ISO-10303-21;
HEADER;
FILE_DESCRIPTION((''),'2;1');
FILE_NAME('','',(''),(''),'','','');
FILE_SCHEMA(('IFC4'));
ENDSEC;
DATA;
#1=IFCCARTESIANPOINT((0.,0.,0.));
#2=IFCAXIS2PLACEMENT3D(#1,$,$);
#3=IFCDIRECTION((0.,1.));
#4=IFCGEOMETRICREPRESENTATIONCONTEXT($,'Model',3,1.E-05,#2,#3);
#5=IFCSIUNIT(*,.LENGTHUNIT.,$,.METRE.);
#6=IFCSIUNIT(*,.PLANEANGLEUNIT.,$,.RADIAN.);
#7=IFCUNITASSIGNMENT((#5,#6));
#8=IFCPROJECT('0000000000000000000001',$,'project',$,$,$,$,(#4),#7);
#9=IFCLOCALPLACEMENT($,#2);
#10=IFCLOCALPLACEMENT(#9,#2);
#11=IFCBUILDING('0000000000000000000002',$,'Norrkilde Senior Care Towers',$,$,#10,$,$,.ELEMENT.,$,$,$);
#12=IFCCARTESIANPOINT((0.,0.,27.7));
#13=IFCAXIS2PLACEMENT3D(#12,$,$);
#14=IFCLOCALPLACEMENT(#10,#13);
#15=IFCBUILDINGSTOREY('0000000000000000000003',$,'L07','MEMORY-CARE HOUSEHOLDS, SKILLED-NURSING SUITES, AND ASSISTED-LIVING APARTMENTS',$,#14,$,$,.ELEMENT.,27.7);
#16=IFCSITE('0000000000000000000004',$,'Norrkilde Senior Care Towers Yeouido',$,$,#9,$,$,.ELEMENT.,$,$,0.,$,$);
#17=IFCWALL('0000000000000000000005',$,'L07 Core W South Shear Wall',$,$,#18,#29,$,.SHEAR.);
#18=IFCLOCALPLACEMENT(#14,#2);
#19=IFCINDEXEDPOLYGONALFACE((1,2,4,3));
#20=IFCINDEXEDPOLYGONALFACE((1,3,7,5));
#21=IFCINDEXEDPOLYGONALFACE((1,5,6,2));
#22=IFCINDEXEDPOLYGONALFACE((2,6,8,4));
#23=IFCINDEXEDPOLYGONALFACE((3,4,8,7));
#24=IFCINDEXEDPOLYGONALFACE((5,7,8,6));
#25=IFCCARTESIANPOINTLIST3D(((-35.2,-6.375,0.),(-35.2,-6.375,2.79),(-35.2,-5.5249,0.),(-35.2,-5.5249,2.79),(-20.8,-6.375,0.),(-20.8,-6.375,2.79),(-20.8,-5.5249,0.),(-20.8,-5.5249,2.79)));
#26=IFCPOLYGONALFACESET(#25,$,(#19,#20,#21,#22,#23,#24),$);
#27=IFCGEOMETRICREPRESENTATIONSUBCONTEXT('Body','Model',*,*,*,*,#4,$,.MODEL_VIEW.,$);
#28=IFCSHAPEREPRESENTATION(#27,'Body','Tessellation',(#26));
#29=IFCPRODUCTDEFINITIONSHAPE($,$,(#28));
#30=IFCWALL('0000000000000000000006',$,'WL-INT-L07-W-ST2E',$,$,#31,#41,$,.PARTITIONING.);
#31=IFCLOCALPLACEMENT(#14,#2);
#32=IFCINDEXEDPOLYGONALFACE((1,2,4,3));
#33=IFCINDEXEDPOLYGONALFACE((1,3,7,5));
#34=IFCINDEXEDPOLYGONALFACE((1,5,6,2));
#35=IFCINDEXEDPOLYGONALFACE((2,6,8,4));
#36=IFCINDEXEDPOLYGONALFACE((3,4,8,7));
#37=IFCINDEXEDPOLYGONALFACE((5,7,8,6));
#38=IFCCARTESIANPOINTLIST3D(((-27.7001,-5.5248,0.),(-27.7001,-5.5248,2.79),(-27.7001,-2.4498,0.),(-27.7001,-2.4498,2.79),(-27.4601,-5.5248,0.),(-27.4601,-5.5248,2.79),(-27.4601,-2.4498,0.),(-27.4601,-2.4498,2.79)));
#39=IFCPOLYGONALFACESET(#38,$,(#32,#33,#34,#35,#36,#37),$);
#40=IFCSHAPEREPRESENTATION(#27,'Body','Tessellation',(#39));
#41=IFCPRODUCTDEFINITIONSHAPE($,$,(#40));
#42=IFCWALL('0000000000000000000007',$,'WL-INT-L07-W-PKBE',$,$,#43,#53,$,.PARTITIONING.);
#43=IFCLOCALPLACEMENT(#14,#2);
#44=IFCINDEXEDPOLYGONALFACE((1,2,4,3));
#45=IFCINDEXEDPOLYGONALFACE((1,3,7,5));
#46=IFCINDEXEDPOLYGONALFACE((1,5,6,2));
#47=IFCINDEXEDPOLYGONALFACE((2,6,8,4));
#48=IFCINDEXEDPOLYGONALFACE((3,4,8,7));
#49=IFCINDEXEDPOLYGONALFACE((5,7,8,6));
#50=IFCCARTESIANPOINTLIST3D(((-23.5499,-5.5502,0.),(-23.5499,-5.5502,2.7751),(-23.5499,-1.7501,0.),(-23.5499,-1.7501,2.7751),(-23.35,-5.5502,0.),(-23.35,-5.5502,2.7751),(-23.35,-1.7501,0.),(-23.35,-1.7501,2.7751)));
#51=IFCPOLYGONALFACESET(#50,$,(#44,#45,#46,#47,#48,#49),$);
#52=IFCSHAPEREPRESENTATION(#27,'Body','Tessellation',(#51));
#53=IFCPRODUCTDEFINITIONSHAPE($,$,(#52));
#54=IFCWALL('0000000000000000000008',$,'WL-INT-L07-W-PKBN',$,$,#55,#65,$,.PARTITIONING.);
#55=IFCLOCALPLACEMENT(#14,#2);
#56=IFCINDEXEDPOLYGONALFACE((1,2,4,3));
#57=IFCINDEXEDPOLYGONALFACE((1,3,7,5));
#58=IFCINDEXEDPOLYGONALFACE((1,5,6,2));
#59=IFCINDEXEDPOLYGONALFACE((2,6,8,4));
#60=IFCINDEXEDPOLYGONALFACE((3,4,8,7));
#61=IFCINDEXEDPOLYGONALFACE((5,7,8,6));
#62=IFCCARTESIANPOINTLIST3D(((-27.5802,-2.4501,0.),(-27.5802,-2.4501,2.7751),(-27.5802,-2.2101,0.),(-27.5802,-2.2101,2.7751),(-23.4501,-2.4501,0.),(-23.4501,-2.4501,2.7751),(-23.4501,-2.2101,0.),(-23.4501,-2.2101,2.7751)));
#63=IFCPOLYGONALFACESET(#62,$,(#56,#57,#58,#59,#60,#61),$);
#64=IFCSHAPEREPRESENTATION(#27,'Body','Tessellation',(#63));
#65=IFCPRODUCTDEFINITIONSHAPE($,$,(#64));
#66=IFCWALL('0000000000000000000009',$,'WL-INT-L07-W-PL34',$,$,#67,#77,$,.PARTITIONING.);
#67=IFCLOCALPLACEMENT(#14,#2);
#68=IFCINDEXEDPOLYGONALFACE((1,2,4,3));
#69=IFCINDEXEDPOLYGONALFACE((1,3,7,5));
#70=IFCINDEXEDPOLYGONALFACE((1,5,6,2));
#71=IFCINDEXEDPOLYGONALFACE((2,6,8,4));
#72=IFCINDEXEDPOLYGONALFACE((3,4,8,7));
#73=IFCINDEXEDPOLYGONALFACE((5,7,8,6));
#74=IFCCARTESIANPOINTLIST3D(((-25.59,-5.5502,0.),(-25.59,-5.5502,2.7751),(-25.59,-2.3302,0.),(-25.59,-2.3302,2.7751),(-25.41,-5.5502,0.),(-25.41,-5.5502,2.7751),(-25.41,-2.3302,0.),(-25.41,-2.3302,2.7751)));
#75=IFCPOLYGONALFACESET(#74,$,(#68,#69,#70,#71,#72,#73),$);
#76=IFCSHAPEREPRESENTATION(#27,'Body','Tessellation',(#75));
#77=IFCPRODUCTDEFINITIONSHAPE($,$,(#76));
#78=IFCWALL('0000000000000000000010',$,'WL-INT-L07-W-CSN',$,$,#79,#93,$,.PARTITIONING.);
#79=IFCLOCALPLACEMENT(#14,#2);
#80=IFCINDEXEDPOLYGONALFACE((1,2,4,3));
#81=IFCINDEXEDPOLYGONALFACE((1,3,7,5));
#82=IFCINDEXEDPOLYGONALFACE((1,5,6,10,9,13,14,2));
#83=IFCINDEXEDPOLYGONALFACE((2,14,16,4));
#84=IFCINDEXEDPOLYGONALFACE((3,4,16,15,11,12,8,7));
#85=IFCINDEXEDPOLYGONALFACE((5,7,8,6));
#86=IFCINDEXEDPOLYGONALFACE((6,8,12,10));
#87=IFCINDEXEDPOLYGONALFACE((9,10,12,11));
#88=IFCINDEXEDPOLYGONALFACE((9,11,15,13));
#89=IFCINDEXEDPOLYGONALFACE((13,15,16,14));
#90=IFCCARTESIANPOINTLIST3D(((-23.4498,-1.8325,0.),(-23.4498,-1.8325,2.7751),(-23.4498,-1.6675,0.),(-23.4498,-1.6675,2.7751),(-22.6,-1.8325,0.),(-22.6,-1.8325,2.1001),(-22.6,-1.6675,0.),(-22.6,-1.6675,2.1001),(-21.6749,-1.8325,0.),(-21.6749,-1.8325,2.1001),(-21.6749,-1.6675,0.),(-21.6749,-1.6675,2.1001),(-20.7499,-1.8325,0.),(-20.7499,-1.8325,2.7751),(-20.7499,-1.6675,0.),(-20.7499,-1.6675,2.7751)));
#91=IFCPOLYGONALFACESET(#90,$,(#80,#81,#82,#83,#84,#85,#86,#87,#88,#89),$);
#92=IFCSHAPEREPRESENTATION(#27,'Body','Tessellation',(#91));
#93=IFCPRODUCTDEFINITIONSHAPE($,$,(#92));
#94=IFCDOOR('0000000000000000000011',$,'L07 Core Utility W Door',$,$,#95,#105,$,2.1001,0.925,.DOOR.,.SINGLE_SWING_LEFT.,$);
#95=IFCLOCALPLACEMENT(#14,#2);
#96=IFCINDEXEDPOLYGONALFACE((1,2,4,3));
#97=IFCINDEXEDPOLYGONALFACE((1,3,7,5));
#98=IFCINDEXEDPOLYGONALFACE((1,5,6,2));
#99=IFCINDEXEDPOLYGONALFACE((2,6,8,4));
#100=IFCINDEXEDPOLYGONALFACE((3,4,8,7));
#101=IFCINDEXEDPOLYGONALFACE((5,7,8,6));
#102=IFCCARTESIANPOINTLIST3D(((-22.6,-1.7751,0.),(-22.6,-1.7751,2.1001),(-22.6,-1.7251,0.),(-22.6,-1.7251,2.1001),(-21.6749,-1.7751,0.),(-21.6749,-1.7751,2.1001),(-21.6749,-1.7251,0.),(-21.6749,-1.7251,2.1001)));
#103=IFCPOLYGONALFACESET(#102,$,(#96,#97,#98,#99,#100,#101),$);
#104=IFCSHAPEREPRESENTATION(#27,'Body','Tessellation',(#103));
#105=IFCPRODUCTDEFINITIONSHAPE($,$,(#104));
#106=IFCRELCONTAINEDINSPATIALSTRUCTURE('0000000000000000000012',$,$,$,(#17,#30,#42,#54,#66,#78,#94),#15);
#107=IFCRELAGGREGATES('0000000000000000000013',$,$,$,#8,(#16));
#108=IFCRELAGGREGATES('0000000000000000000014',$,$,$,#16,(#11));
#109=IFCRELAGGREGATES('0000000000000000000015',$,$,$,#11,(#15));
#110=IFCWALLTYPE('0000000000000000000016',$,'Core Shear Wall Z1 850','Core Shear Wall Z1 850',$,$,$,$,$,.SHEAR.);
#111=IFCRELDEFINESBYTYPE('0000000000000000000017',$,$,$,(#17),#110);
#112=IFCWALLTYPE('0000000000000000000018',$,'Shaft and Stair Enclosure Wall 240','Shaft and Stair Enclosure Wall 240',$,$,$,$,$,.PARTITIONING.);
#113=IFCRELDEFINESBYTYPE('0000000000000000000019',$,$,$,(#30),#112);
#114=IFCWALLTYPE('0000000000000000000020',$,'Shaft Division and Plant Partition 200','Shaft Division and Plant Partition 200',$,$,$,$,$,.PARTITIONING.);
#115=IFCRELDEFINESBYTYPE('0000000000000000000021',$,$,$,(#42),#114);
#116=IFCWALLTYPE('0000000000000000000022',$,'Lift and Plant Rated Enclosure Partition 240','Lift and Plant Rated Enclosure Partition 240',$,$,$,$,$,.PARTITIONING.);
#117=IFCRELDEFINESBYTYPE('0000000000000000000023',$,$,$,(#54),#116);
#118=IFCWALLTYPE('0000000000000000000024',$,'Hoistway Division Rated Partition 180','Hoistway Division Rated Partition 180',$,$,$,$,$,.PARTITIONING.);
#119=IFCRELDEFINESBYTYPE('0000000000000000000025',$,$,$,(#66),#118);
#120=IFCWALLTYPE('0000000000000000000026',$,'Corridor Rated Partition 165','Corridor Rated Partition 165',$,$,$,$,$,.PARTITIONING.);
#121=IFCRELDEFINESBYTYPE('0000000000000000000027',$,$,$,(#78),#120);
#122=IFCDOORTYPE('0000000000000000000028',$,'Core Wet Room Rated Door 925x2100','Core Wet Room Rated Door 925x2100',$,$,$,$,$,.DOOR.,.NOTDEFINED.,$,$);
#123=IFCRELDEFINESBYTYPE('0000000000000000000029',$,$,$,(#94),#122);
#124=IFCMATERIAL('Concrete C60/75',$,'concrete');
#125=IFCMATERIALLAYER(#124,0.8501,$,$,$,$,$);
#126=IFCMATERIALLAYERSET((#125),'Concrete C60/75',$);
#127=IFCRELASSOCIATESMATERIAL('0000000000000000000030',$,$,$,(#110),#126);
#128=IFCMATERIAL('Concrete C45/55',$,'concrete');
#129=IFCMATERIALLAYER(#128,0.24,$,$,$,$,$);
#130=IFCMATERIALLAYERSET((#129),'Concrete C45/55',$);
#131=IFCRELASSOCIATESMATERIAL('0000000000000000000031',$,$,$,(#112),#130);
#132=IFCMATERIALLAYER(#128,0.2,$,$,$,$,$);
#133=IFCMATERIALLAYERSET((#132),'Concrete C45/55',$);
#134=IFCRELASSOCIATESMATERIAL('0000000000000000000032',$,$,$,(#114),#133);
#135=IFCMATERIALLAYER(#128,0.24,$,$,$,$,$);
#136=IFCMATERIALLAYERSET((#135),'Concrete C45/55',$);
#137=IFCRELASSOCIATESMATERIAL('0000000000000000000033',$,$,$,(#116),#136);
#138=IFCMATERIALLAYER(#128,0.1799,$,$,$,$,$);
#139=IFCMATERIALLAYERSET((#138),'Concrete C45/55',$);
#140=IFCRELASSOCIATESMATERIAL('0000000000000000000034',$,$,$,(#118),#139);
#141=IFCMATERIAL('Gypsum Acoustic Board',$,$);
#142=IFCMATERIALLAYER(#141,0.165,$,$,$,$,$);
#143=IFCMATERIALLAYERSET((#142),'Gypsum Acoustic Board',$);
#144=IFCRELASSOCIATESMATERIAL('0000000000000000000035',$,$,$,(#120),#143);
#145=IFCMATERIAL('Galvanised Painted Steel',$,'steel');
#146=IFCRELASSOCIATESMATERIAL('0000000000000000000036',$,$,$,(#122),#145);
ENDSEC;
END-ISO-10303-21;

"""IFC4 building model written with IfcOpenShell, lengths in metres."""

from ifc_helpers import new_model, si_unit, direction, frame, frame_2d, origin, place, context, subcontext, project, spatial, rectangle, extrude, source, transform, mapped, material, layer, layer_set, type_object, type_shapes, element, fill, save


model = new_model("IFC4")

# Units and contexts
model_context = context("Model", 3, precision=1e-05, world=origin(), true_north=direction((0.0, 1.0)))
body_context = subcontext(model_context, "Body", "Model", "MODEL_VIEW")
ifc_project = project(units=[si_unit("LENGTHUNIT", "METRE"), si_unit("PLANEANGLEUNIT", "RADIAN")], contexts=[model_context])

# Site, building, storey
site_placement = place(None, origin())
site = spatial("IfcSite", under=ifc_project, at=site_placement, Name="Norrkilde Senior Care Towers Yeouido", CompositionType="ELEMENT", RefElevation=0.0)
building_placement = place(site_placement, origin())
building = spatial("IfcBuilding", under=site, at=building_placement, Name="Norrkilde Senior Care Towers", CompositionType="ELEMENT")
storey_placement = place(building_placement, frame((0.0, 0.0, 27.7)))
storey = spatial("IfcBuildingStorey", under=building, at=storey_placement, Name="L07", Description="MEMORY-CARE HOUSEHOLDS, SKILLED-NURSING SUITES, AND ASSISTED-LIVING APARTMENTS", CompositionType="ELEMENT", Elevation=27.7)

# Shared definitions
ifc_material_1 = material(Name="Concrete C60/75", Category="concrete")

# Walls
ifc_layer_1 = layer(ifc_material_1, 0.8501)
ifc_layer_set_1 = layer_set([ifc_layer_1], Name="Concrete C60/75")
wall_type_1 = type_object("IfcWallType", Name="Core Shear Wall Z1 850", Description="Core Shear Wall Z1 850", PredefinedType="SHEAR", material=ifc_layer_set_1)
shared_shape_1 = source(origin(), body_context, "Body", "SweptSolid", [
    extrude(rectangle(XDim=14.3999, YDim=0.8501, at=frame_2d((7.2, 0.0))), origin(), (0.0, 0.0, 1.0), 2.79),
])
type_shapes(wall_type_1, [shared_shape_1])
wall_1_placement = place(storey_placement, frame((-20.8, -5.95, 0.0), z_axis=(0.0, 0.0, 1.0), x_axis=(-1.0, 0.0, 0.0)))
element("IfcWall", 1, at=wall_1_placement, inside=storey, type_object=wall_type_1, Name="L07 Core W South Shear Wall", PredefinedType="SHEAR", context=body_context, shape_type="MappedRepresentation", body=[
    mapped(shared_shape_1, transform((0.0, 0.0, 0.0), x_axis=(1.0, 0.0, 0.0), y_axis=(0.0, 1.0, 0.0), z_axis=(0.0, 0.0, 1.0), scale=1.0)),
])
ifc_material_2 = material(Name="Concrete C45/55", Category="concrete")
ifc_layer_2 = layer(ifc_material_2, 0.24)
ifc_layer_set_2 = layer_set([ifc_layer_2], Name="Concrete C45/55")
wall_type_2 = type_object("IfcWallType", Name="Shaft and Stair Enclosure Wall 240", Description="Shaft and Stair Enclosure Wall 240", PredefinedType="PARTITIONING", material=ifc_layer_set_2)
shared_shape_2 = source(origin(), body_context, "Body", "SweptSolid", [
    extrude(rectangle(XDim=3.075, YDim=0.24, at=frame_2d((1.5376, 0.0))), origin(), (0.0, 0.0, 1.0), 2.79),
])
type_shapes(wall_type_2, [shared_shape_2])
wall_2_placement = place(storey_placement, frame((-27.5801, -5.5249, 0.0), z_axis=(0.0, 0.0, 1.0), x_axis=(0.0, 1.0, 0.0)))
element("IfcWall", 2, at=wall_2_placement, inside=storey, type_object=wall_type_2, Name="WL-INT-L07-W-ST2E", PredefinedType="PARTITIONING", context=body_context, shape_type="MappedRepresentation", body=[
    mapped(shared_shape_2, transform((0.0, 0.0, 0.0), x_axis=(1.0, 0.0, 0.0), y_axis=(0.0, 1.0, 0.0), z_axis=(0.0, 0.0, 1.0), scale=1.0)),
])
ifc_layer_3 = layer(ifc_material_2, 0.2)
ifc_layer_set_3 = layer_set([ifc_layer_3], Name="Concrete C45/55")
wall_type_3 = type_object("IfcWallType", Name="Shaft Division and Plant Partition 200", Description="Shaft Division and Plant Partition 200", PredefinedType="PARTITIONING", material=ifc_layer_set_3)
shared_shape_3 = source(origin(), body_context, "Body", "SweptSolid", [
    extrude(rectangle(XDim=3.8, YDim=0.2, at=frame_2d((1.8999, 0.0))), origin(), (0.0, 0.0, 1.0), 2.7751),
])
type_shapes(wall_type_3, [shared_shape_3])
wall_3_placement = place(storey_placement, frame((-23.45, -5.55, 0.0), z_axis=(0.0, 0.0, 1.0), x_axis=(0.0, 1.0, 0.0)))
element("IfcWall", 3, at=wall_3_placement, inside=storey, type_object=wall_type_3, Name="WL-INT-L07-W-PKBE", PredefinedType="PARTITIONING", context=body_context, shape_type="MappedRepresentation", body=[
    mapped(shared_shape_3, transform((0.0, 0.0, 0.0), x_axis=(1.0, 0.0, 0.0), y_axis=(0.0, 1.0, 0.0), z_axis=(0.0, 0.0, 1.0), scale=1.0)),
])
ifc_layer_4 = layer(ifc_material_2, 0.24)
ifc_layer_set_4 = layer_set([ifc_layer_4], Name="Concrete C45/55")
wall_type_4 = type_object("IfcWallType", Name="Lift and Plant Rated Enclosure Partition 240", Description="Lift and Plant Rated Enclosure Partition 240", PredefinedType="PARTITIONING", material=ifc_layer_set_4)
shared_shape_4 = source(origin(), body_context, "Body", "SweptSolid", [
    extrude(rectangle(XDim=4.1301, YDim=0.24, at=frame_2d((2.0649, 0.0))), origin(), (0.0, 0.0, 1.0), 2.7751),
])
type_shapes(wall_type_4, [shared_shape_4])
wall_4_placement = place(storey_placement, frame((-27.5801, -2.3301, 0.0), z_axis=(0.0, 0.0, 1.0), x_axis=(1.0, 0.0, 0.0)))
element("IfcWall", 4, at=wall_4_placement, inside=storey, type_object=wall_type_4, Name="WL-INT-L07-W-PKBN", PredefinedType="PARTITIONING", context=body_context, shape_type="MappedRepresentation", body=[
    mapped(shared_shape_4, transform((0.0, 0.0, 0.0), x_axis=(1.0, 0.0, 0.0), y_axis=(0.0, 1.0, 0.0), z_axis=(0.0, 0.0, 1.0), scale=1.0)),
])
ifc_layer_5 = layer(ifc_material_2, 0.1799)
ifc_layer_set_5 = layer_set([ifc_layer_5], Name="Concrete C45/55")
wall_type_5 = type_object("IfcWallType", Name="Hoistway Division Rated Partition 180", Description="Hoistway Division Rated Partition 180", PredefinedType="PARTITIONING", material=ifc_layer_set_5)
shared_shape_5 = source(origin(), body_context, "Body", "SweptSolid", [
    extrude(rectangle(XDim=3.22, YDim=0.1799, at=frame_2d((1.6099, 0.0))), origin(), (0.0, 0.0, 1.0), 2.7751),
])
type_shapes(wall_type_5, [shared_shape_5])
wall_5_placement = place(storey_placement, frame((-25.5, -5.55, 0.0), z_axis=(0.0, 0.0, 1.0), x_axis=(0.0, 1.0, 0.0)))
element("IfcWall", 5, at=wall_5_placement, inside=storey, type_object=wall_type_5, Name="WL-INT-L07-W-PL34", PredefinedType="PARTITIONING", context=body_context, shape_type="MappedRepresentation", body=[
    mapped(shared_shape_5, transform((0.0, 0.0, 0.0), x_axis=(1.0, 0.0, 0.0), y_axis=(0.0, 1.0, 0.0), z_axis=(0.0, 0.0, 1.0), scale=1.0)),
])

# Wall, opening, door
ifc_material_3 = material(Name="Gypsum Acoustic Board")
ifc_layer_6 = layer(ifc_material_3, 0.165)
ifc_layer_set_6 = layer_set([ifc_layer_6], Name="Gypsum Acoustic Board")
wall_type_6 = type_object("IfcWallType", Name="Corridor Rated Partition 165", Description="Corridor Rated Partition 165", PredefinedType="PARTITIONING", material=ifc_layer_set_6)
shared_shape_6 = source(origin(), body_context, "Body", "SweptSolid", [
    extrude(rectangle(XDim=2.7, YDim=0.165, at=frame_2d((1.3501, 0.0))), origin(), (0.0, 0.0, 1.0), 2.7751),
])
wall_6_placement = place(storey_placement, frame((-23.45, -1.75, 0.0), z_axis=(0.0, 0.0, 1.0), x_axis=(1.0, 0.0, 0.0)))
wall_6 = element("IfcWall", 6, at=wall_6_placement, inside=storey, type_object=wall_type_6, Name="WL-INT-L07-W-CSN", PredefinedType="PARTITIONING", context=body_context, shape_type="MappedRepresentation", body=[
    mapped(shared_shape_6, transform((0.0, 0.0, 0.0), x_axis=(1.0, 0.0, 0.0), y_axis=(0.0, 1.0, 0.0), z_axis=(0.0, 0.0, 1.0), scale=1.0)),
])
opening_1_placement = place(wall_6_placement, frame((0.8501, 0.0, 0.0)))
opening_1 = element("IfcOpeningElement", 7, at=opening_1_placement, cuts=wall_6, PredefinedType="OPENING", context=body_context, shape_type="SweptSolid", body=[
    extrude(rectangle(XDim=0.925, YDim=2.1001, at=frame_2d((0.4624, 1.05))), frame((0.0, 0.0925, 0.0), z_axis=(0.0, -1.0, 0.0), x_axis=(1.0, 0.0, 0.0)), (0.0, 0.0, 1.0), 0.1851),
])
ifc_material_4 = material(Name="Galvanised Painted Steel", Category="steel")
door_type_1 = type_object("IfcDoorType", Name="Core Wet Room Rated Door 925x2100", Description="Core Wet Room Rated Door 925x2100", OperationType="NOTDEFINED", PredefinedType="DOOR", material=ifc_material_4)
shared_shape_7 = source(origin(), body_context, "Body", "SweptSolid", [
    extrude(rectangle(XDim=0.925, YDim=2.1001, at=frame_2d((0.4624, 1.05))), frame((0.0, 0.0249, 0.0), z_axis=(0.0, -1.0, 0.0), x_axis=(1.0, 0.0, 0.0)), (0.0, 0.0, 1.0), 0.05),
])
type_shapes(door_type_1, [shared_shape_7])
door_1_placement = place(opening_1_placement, origin())
door_1 = element("IfcDoor", 8, at=door_1_placement, inside=storey, type_object=door_type_1, Name="L07 Core Utility W Door", OperationType="SINGLE_SWING_LEFT", OverallHeight=2.1001, OverallWidth=0.925, PredefinedType="DOOR", context=body_context, shape_type="MappedRepresentation", body=[
    mapped(shared_shape_7, transform((0.0, 0.0, 0.0), x_axis=(1.0, 0.0, 0.0), y_axis=(0.0, 1.0, 0.0), z_axis=(0.0, 0.0, 1.0), scale=1.0)),
])
fill(opening_1, door_1)

save(model, "model.ifc")
